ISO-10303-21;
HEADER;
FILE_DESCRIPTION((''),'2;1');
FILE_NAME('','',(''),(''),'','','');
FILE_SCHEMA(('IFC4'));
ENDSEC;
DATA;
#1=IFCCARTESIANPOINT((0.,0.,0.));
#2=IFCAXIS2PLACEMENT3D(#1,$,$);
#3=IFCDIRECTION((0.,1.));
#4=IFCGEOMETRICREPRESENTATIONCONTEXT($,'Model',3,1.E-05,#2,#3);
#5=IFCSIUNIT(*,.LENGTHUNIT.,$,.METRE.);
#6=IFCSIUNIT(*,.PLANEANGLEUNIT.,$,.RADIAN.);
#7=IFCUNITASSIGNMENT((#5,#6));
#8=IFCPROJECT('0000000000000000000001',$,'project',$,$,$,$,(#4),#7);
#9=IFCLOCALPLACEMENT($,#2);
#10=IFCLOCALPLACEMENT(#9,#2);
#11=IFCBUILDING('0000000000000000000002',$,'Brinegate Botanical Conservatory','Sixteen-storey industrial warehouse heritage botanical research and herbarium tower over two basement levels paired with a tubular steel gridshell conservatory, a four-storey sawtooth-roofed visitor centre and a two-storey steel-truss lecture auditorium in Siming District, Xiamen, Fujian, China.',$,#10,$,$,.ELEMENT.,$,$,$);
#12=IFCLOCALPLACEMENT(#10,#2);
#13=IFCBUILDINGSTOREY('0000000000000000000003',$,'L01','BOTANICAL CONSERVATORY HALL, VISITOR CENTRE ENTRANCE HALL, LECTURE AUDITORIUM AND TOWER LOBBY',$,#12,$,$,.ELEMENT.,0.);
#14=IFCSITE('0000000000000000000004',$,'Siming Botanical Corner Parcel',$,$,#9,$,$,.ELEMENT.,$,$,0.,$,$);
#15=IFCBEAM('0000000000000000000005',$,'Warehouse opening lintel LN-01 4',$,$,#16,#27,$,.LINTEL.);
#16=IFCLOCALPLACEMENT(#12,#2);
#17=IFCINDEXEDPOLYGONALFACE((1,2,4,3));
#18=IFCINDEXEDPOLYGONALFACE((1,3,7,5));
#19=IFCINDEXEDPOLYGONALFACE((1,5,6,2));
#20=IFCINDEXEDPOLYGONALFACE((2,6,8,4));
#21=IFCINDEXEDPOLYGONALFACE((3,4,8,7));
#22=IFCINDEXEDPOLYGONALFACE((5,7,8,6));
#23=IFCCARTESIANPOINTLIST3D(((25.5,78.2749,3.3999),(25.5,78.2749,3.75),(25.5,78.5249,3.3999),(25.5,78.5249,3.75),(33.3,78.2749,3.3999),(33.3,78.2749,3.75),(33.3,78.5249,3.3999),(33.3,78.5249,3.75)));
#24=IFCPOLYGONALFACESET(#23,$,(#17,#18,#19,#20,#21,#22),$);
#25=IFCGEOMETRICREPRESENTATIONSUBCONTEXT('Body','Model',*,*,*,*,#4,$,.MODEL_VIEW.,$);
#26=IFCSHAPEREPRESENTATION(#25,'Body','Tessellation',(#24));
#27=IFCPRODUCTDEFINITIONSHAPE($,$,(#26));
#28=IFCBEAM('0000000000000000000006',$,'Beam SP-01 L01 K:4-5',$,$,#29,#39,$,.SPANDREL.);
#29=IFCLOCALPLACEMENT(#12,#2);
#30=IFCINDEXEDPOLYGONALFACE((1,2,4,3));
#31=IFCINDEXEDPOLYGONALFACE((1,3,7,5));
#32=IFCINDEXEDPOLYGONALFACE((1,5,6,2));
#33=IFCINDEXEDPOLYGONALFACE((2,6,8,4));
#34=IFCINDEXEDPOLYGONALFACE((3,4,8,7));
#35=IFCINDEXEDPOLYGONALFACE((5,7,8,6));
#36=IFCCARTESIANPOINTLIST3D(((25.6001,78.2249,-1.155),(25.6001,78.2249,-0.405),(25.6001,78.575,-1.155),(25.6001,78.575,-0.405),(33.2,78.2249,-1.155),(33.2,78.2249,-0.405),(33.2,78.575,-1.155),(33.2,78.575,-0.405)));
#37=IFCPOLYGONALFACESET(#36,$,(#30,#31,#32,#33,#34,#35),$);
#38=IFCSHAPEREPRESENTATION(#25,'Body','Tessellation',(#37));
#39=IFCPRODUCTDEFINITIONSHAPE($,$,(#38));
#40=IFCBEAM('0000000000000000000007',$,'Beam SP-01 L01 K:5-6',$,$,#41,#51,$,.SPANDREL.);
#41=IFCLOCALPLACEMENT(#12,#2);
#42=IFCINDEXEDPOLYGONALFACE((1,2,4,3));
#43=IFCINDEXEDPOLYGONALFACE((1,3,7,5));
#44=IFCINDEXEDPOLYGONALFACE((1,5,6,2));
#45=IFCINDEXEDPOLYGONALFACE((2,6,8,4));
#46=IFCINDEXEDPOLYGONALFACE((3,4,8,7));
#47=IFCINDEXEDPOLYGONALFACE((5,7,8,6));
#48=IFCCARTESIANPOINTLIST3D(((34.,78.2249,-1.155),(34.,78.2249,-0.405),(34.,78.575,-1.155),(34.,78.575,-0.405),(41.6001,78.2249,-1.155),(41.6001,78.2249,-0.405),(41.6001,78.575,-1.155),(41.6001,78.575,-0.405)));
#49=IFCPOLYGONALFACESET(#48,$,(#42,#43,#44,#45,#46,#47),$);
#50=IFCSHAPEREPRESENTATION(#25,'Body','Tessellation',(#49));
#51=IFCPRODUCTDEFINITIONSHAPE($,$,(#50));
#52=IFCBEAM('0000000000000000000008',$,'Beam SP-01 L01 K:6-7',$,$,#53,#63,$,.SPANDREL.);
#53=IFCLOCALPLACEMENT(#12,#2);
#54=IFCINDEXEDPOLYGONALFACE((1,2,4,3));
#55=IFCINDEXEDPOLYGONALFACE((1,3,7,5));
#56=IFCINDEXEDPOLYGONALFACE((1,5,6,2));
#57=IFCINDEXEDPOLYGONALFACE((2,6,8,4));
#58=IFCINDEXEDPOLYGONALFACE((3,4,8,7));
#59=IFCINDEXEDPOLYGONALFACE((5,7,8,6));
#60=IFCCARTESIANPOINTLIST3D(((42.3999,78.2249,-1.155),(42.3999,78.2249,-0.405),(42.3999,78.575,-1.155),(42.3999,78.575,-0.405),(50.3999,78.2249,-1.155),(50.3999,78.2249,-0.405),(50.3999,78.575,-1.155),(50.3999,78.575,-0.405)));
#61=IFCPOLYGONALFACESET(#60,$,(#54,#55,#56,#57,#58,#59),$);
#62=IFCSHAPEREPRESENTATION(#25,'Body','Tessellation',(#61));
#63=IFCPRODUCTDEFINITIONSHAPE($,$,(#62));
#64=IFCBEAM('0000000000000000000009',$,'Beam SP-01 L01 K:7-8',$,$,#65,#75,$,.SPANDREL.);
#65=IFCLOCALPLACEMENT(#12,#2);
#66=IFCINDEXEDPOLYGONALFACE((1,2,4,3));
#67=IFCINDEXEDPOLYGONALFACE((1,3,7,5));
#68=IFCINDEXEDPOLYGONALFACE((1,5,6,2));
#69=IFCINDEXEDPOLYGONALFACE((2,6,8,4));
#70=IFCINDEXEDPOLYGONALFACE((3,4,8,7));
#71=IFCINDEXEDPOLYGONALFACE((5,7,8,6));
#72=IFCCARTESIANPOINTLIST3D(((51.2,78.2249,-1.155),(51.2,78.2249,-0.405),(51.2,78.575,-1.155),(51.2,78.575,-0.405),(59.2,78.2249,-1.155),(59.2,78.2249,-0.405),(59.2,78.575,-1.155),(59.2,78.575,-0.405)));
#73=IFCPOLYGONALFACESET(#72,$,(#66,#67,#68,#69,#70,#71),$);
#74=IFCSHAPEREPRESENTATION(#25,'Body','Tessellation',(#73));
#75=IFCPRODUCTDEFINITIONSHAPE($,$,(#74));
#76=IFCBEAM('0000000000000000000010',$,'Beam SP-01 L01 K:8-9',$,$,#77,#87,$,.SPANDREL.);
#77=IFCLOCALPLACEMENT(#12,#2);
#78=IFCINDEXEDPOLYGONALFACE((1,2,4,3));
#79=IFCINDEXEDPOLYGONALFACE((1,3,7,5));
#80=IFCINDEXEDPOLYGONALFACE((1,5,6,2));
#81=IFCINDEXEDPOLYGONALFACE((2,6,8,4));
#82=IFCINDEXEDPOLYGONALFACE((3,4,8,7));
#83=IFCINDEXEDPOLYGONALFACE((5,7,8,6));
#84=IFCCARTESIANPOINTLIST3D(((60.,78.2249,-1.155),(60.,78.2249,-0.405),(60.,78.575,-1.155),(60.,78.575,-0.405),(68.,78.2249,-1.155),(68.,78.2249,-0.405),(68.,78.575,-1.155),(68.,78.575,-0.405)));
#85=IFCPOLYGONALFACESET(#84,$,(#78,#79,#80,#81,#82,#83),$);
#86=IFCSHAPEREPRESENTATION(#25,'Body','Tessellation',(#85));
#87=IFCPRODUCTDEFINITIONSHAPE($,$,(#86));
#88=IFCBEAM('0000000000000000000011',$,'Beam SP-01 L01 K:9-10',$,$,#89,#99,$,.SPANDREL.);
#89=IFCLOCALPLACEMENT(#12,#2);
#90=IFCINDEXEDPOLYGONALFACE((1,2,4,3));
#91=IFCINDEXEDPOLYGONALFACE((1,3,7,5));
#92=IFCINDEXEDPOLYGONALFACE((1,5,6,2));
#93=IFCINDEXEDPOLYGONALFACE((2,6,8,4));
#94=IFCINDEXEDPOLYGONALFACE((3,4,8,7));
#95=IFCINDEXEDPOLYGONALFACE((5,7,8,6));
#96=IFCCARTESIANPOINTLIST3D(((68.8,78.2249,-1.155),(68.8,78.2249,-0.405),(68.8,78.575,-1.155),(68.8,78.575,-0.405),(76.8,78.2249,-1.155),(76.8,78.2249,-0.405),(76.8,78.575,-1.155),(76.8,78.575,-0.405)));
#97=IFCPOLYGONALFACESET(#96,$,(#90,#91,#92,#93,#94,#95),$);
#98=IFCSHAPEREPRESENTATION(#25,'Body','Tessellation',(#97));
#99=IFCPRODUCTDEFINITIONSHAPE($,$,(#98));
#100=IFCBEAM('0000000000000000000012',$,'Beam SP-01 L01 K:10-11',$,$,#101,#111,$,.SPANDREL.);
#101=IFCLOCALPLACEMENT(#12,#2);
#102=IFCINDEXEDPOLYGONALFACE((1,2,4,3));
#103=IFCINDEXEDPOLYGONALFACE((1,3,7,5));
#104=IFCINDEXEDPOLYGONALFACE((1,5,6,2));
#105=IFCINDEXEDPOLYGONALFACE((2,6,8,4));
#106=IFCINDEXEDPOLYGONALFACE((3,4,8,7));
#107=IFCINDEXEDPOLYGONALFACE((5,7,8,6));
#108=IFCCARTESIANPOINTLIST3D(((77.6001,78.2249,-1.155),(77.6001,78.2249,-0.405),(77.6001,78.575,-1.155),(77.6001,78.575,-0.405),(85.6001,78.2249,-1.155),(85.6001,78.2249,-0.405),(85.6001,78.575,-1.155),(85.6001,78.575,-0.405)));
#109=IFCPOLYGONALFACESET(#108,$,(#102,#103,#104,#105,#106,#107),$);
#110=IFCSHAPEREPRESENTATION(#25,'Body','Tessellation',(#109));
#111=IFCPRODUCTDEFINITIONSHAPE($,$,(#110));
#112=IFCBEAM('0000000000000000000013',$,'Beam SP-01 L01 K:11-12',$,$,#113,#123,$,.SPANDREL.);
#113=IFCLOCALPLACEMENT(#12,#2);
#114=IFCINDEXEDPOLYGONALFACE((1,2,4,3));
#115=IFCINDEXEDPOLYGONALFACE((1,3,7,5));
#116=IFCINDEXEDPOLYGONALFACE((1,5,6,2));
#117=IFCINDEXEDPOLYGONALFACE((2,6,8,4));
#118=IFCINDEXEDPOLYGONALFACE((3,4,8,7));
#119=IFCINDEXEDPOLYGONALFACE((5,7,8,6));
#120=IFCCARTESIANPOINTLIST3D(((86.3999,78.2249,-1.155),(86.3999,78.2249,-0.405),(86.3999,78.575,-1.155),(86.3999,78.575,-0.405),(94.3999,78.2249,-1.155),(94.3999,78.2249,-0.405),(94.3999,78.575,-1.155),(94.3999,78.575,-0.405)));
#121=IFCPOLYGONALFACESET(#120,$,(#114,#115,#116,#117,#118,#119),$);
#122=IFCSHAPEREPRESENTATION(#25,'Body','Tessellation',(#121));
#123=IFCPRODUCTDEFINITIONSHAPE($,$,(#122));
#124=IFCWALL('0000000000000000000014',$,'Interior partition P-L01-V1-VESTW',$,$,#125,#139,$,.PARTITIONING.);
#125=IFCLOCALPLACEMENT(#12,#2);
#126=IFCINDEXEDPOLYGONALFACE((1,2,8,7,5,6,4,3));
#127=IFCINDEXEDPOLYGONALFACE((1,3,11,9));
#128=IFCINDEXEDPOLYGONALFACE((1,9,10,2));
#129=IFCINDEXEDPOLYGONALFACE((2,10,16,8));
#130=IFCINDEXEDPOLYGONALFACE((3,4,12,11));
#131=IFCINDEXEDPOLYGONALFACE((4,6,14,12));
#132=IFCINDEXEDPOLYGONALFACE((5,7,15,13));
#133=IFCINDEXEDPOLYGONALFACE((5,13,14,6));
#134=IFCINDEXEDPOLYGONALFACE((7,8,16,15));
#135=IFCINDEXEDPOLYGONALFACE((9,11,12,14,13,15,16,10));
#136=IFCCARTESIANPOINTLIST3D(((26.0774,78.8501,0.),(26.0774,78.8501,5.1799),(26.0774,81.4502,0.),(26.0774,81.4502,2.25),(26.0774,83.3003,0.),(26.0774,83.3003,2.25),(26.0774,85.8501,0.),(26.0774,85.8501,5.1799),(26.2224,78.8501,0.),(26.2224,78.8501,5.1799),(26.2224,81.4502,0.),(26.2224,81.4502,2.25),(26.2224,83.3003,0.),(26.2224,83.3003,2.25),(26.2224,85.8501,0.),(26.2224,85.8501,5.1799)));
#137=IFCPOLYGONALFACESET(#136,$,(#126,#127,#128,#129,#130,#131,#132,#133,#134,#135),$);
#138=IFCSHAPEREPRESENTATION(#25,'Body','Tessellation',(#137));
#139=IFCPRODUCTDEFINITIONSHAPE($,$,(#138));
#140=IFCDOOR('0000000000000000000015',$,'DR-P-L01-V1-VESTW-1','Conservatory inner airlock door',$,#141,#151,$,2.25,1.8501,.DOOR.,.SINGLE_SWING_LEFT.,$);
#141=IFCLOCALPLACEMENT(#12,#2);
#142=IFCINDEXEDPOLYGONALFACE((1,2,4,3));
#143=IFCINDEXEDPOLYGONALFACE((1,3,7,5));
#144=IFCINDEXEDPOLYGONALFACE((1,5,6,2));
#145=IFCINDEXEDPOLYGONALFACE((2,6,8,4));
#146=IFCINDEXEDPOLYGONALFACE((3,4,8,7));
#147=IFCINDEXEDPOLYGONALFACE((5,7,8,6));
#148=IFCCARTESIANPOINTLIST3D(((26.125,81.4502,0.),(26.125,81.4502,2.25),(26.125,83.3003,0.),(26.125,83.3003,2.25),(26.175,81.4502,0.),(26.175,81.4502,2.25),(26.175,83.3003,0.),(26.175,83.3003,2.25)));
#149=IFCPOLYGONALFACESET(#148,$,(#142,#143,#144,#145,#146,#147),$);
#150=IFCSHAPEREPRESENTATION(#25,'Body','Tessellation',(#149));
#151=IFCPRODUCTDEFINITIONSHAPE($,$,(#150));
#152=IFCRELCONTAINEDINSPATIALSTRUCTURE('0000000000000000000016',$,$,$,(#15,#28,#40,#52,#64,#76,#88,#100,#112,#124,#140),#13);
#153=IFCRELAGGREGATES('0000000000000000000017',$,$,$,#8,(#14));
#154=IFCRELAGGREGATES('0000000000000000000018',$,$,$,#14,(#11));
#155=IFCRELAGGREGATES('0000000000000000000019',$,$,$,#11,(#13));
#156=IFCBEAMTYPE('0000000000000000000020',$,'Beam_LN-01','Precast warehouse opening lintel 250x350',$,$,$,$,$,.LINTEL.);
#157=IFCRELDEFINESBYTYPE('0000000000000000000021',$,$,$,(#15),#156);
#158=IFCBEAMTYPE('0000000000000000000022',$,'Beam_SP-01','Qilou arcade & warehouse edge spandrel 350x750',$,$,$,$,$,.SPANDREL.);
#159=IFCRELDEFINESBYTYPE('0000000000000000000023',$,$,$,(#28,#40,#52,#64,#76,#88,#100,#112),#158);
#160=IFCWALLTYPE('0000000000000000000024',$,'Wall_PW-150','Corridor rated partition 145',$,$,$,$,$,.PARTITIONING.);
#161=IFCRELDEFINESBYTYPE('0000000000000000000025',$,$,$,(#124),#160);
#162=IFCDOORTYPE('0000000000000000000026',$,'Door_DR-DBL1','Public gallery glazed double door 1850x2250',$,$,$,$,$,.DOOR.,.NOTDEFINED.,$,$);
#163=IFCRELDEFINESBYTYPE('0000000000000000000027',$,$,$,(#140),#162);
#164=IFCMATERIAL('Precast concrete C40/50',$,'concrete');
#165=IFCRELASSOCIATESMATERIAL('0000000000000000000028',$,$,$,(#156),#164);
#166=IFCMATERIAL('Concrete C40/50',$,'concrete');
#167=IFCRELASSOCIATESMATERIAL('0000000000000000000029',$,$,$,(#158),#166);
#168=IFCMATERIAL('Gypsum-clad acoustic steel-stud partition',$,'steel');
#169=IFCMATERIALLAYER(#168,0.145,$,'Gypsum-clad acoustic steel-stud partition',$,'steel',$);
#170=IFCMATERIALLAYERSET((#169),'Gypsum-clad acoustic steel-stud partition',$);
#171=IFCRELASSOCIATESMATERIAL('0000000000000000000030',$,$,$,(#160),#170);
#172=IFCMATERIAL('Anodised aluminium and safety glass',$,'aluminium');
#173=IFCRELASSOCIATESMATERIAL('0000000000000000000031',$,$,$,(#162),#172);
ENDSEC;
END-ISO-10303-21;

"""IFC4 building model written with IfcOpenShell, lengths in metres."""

from ifc_helpers import new_model, si_unit, direction, frame, frame_2d, origin, origin_2d, place, context, subcontext, project, spatial, rectangle, extrude, material, layer, layer_set, material_profile, profile_set, type_object, element, fill, save


model = new_model("IFC4")

# Units and contexts
model_context = context("Model", 3, precision=1e-05, world=origin(), true_north=direction((0.0, 1.0)))
body_context = subcontext(model_context, "Body", "Model", "MODEL_VIEW")
ifc_project = project(units=[si_unit("LENGTHUNIT", "METRE"), si_unit("PLANEANGLEUNIT", "RADIAN")], contexts=[model_context])

# Site, building, storey
site_placement = place(None, origin())
site = spatial("IfcSite", under=ifc_project, at=site_placement, Name="Siming Botanical Corner Parcel", CompositionType="ELEMENT", RefElevation=0.0)
building_placement = place(site_placement, origin())
building = spatial("IfcBuilding", under=site, at=building_placement, Name="Brinegate Botanical Conservatory", Description="Sixteen-storey industrial warehouse heritage botanical research and herbarium tower over two basement levels paired with a tubular steel gridshell conservatory, a four-storey sawtooth-roofed visitor centre and a two-storey steel-truss lecture auditorium in Siming District, Xiamen, Fujian, China.", CompositionType="ELEMENT")
storey_placement = place(building_placement, origin())
storey = spatial("IfcBuildingStorey", under=building, at=storey_placement, Name="L01", Description="BOTANICAL CONSERVATORY HALL, VISITOR CENTRE ENTRANCE HALL, LECTURE AUDITORIUM AND TOWER LOBBY", CompositionType="ELEMENT", Elevation=0.0)

# Shared definitions
ifc_material_1 = material(Name="Concrete C40/50", Category="concrete")

# Beams
ifc_material_2 = material(Name="Precast concrete C40/50", Category="concrete")
ifc_material_profile_1 = material_profile(ifc_material_2, rectangle(XDim=0.25, YDim=0.3501, at=origin_2d()), Name="RC LNT 250x350")
ifc_profile_set_1 = profile_set([ifc_material_profile_1], Name="Precast concrete C40/50")
beam_type_1 = type_object("IfcBeamType", Name="Beam_LN-01", Description="Precast warehouse opening lintel 250x350", PredefinedType="LINTEL", material=ifc_profile_set_1)
beam_1_placement = place(storey_placement, frame((25.5, 78.3999, 3.575), z_axis=(1.0, 0.0, 0.0), x_axis=(0.0, 1.0, 0.0)))
element("IfcBeam", 1, at=beam_1_placement, inside=storey, type_object=beam_type_1, Name="Warehouse opening lintel LN-01 4", PredefinedType="LINTEL", context=body_context, shape_type="SweptSolid", body=[
    extrude(rectangle(XDim=0.25, YDim=0.3501, at=origin_2d()), origin(), (0.0, 0.0, 1.0), 7.8),
])
ifc_material_profile_2 = material_profile(ifc_material_1, rectangle(XDim=0.3501, YDim=0.75, at=origin_2d()), Name="RC SPN 350x750")
ifc_profile_set_2 = profile_set([ifc_material_profile_2], Name="Concrete C40/50")
beam_type_2 = type_object("IfcBeamType", Name="Beam_SP-01", Description="Qilou arcade & warehouse edge spandrel 350x750", PredefinedType="SPANDREL", material=ifc_profile_set_2)
beam_2_placement = place(storey_placement, frame((25.6001, 78.3999, -0.78), z_axis=(1.0, 0.0, 0.0), x_axis=(0.0, 1.0, 0.0)))
element("IfcBeam", 2, at=beam_2_placement, inside=storey, type_object=beam_type_2, Name="Beam SP-01 L01 K:4-5", PredefinedType="SPANDREL", context=body_context, shape_type="SweptSolid", body=[
    extrude(rectangle(XDim=0.3501, YDim=0.75, at=origin_2d()), origin(), (0.0, 0.0, 1.0), 7.5999),
])
beam_3_placement = place(storey_placement, frame((34.0, 78.3999, -0.78), z_axis=(1.0, 0.0, 0.0), x_axis=(0.0, 1.0, 0.0)))
element("IfcBeam", 3, at=beam_3_placement, inside=storey, type_object=beam_type_2, Name="Beam SP-01 L01 K:5-6", PredefinedType="SPANDREL", context=body_context, shape_type="SweptSolid", body=[
    extrude(rectangle(XDim=0.3501, YDim=0.75, at=origin_2d()), origin(), (0.0, 0.0, 1.0), 7.6001),
])
for number, where, z_axis, x_axis, name in (
    (4, (42.3999, 78.3999, -0.78), (1.0, 0.0, 0.0), (0.0, 1.0, 0.0), "Beam SP-01 L01 K:6-7"),
    (5, (51.2, 78.3999, -0.78), (1.0, 0.0, 0.0), (0.0, 1.0, 0.0), "Beam SP-01 L01 K:7-8"),
    (6, (60.0, 78.3999, -0.78), (1.0, 0.0, 0.0), (0.0, 1.0, 0.0), "Beam SP-01 L01 K:8-9"),
    (7, (68.8, 78.3999, -0.78), (1.0, 0.0, 0.0), (0.0, 1.0, 0.0), "Beam SP-01 L01 K:9-10"),
    (8, (77.6001, 78.3999, -0.78), (1.0, 0.0, 0.0), (0.0, 1.0, 0.0), "Beam SP-01 L01 K:10-11"),
    (9, (86.3999, 78.3999, -0.78), (1.0, 0.0, 0.0), (0.0, 1.0, 0.0), "Beam SP-01 L01 K:11-12"),
):
    element("IfcBeam", number, at=place(storey_placement, frame(where, z_axis=z_axis, x_axis=x_axis)), inside=storey, type_object=beam_type_2, Name=name, PredefinedType="SPANDREL", context=body_context, shape_type="SweptSolid", body=[
        extrude(rectangle(XDim=0.3501, YDim=0.75, at=origin_2d()), origin(), (0.0, 0.0, 1.0), 8.0),
    ])

# Wall, opening, door
ifc_material_3 = material(Name="Gypsum-clad acoustic steel-stud partition", Category="steel")
ifc_layer_1 = layer(ifc_material_3, 0.145, Name="Gypsum-clad acoustic steel-stud partition", Category="steel")
ifc_layer_set_1 = layer_set([ifc_layer_1], Name="Gypsum-clad acoustic steel-stud partition")
wall_type_1 = type_object("IfcWallType", Name="Wall_PW-150", Description="Corridor rated partition 145", PredefinedType="PARTITIONING", material=ifc_layer_set_1)
wall_1_placement = place(storey_placement, frame((26.1499, 78.8501, 0.0), z_axis=(0.0, 0.0, 1.0), x_axis=(0.0, 1.0, 0.0)))
wall_1 = element("IfcWall", 10, at=wall_1_placement, inside=storey, type_object=wall_type_1, Name="Interior partition P-L01-V1-VESTW", PredefinedType="PARTITIONING", context=body_context, shape_type="SweptSolid", body=[
    extrude(rectangle(XDim=7.0, YDim=0.145, at=frame_2d((3.5, 0.0))), origin(), (0.0, 0.0, 1.0), 5.1799),
])
opening_1_placement = place(wall_1_placement, frame((2.6001, 0.0, 0.0)))
opening_1 = element("IfcOpeningElement", 11, at=opening_1_placement, cuts=wall_1, PredefinedType="OPENING", context=body_context, shape_type="SweptSolid", body=[
    extrude(rectangle(XDim=1.8501, YDim=2.25, at=frame_2d((0.925, 1.125))), frame((0.0, 0.0825, 0.0), z_axis=(0.0, -1.0, 0.0), x_axis=(1.0, 0.0, 0.0)), (0.0, 0.0, 1.0), 0.165),
])
ifc_material_4 = material(Name="Anodised aluminium and safety glass", Category="aluminium")
door_type_1 = type_object("IfcDoorType", Name="Door_DR-DBL1", Description="Public gallery glazed double door 1850x2250", OperationType="NOTDEFINED", PredefinedType="DOOR", material=ifc_material_4)
door_1_placement = place(opening_1_placement, origin())
door_1 = element("IfcDoor", 12, at=door_1_placement, inside=storey, type_object=door_type_1, Name="DR-P-L01-V1-VESTW-1", Description="Conservatory inner airlock door", OperationType="SINGLE_SWING_LEFT", OverallHeight=2.25, OverallWidth=1.8501, PredefinedType="DOOR", context=body_context, shape_type="SweptSolid", body=[
    extrude(rectangle(XDim=1.8501, YDim=2.25, at=frame_2d((0.925, 1.125))), frame((0.0, 0.0249, 0.0), z_axis=(0.0, -1.0, 0.0), x_axis=(1.0, 0.0, 0.0)), (0.0, 0.0, 1.0), 0.05),
])
fill(opening_1, door_1)

save(model, "model.ifc")
